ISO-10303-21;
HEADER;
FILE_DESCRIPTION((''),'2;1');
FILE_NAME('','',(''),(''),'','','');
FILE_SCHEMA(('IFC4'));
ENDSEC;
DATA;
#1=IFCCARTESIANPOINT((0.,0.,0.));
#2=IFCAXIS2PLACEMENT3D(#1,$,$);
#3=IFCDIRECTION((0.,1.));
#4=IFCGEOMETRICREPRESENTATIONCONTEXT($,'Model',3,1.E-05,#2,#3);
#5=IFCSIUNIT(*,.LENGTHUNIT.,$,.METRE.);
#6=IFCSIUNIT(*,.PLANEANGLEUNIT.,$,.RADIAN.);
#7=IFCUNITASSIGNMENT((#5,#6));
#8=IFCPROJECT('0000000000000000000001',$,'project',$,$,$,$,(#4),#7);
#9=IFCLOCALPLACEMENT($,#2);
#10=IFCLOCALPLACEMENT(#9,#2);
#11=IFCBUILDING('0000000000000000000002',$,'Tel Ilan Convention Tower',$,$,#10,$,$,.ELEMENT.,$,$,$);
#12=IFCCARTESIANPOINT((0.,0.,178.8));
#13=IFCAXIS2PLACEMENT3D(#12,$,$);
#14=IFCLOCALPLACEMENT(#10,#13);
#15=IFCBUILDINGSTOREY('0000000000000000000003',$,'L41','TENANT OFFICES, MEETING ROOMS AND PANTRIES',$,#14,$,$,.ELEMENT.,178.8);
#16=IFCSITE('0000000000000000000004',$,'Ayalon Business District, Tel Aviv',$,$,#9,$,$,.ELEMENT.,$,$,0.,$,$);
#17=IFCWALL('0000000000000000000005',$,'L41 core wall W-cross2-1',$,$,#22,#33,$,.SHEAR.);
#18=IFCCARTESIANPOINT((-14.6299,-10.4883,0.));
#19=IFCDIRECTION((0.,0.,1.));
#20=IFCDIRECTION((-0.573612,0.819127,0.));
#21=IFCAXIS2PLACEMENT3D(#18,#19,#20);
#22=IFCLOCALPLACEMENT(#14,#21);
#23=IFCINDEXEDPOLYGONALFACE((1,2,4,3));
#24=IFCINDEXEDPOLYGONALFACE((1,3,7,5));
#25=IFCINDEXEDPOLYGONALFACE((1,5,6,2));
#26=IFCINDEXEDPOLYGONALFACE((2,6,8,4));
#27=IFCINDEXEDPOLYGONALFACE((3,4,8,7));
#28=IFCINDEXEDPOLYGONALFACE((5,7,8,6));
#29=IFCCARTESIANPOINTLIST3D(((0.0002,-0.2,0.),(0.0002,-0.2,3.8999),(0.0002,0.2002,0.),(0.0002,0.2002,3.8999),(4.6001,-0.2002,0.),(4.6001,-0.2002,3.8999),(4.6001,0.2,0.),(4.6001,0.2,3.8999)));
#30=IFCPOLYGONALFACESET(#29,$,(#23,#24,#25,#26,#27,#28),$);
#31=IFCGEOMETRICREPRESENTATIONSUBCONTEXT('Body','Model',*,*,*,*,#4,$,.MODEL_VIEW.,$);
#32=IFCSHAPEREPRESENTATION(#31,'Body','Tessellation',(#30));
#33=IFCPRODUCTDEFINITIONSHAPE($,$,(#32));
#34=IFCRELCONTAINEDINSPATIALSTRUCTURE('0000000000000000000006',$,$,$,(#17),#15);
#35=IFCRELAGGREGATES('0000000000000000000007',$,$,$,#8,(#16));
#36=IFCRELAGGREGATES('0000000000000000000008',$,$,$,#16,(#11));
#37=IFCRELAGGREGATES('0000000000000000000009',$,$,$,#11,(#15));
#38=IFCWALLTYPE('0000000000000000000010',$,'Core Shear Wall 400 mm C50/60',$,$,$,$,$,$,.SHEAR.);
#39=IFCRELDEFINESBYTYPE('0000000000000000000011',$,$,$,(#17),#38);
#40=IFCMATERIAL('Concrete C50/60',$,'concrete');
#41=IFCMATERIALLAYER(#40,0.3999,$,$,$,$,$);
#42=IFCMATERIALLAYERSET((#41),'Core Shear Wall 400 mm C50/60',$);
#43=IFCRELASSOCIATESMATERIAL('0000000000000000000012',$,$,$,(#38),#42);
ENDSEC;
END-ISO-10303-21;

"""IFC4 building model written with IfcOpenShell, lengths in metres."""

from ifc_helpers import new_model, si_unit, direction, frame, origin, place, context, subcontext, project, spatial, polyline, outline, extrude, material, layer, layer_set, type_object, element, save


model = new_model("IFC4")

# Units and contexts
model_context = context("Model", 3, precision=1e-05, world=origin(), true_north=direction((0.0, 1.0)))
body_context = subcontext(model_context, "Body", "Model", "MODEL_VIEW")
ifc_project = project(units=[si_unit("LENGTHUNIT", "METRE"), si_unit("PLANEANGLEUNIT", "RADIAN")], contexts=[model_context])

# Site, building, storey
site_placement = place(None, origin())
site = spatial("IfcSite", under=ifc_project, at=site_placement, Name="Ayalon Business District, Tel Aviv", CompositionType="ELEMENT", RefElevation=0.0)
building_placement = place(site_placement, origin())
building = spatial("IfcBuilding", under=site, at=building_placement, Name="Tel Ilan Convention Tower", CompositionType="ELEMENT")
storey_placement = place(building_placement, frame((0.0, 0.0, 178.8)))
storey = spatial("IfcBuildingStorey", under=building, at=storey_placement, Name="L41", Description="TENANT OFFICES, MEETING ROOMS AND PANTRIES", CompositionType="ELEMENT", Elevation=178.8)

# Wall
ifc_material_1 = material(Name="Concrete C50/60", Category="concrete")
ifc_layer_1 = layer(ifc_material_1, 0.3999)
ifc_layer_set_1 = layer_set([ifc_layer_1], Name="Core Shear Wall 400 mm C50/60")
wall_type_1 = type_object("IfcWallType", Name="Core Shear Wall 400 mm C50/60", PredefinedType="SHEAR", material=ifc_layer_set_1)
wall_1_placement = place(storey_placement, frame((-14.6299, -10.4883, 0.0), z_axis=(0.0, 0.0, 1.0), x_axis=(-0.573612, 0.819127, 0.0)))
element("IfcWall", 1, at=wall_1_placement, inside=storey, type_object=wall_type_1, Name="L41 core wall W-cross2-1", PredefinedType="SHEAR", context=body_context, shape_type="SweptSolid", body=[
    extrude(outline(polyline([(4.6001, 0.2), (0.0002, 0.2002), (0.0002, -0.2), (4.6001, -0.2002), (4.6001, 0.2)])), origin(), (0.0, 0.0, 1.0), 3.8999),
])

save(model, "model.ifc")
